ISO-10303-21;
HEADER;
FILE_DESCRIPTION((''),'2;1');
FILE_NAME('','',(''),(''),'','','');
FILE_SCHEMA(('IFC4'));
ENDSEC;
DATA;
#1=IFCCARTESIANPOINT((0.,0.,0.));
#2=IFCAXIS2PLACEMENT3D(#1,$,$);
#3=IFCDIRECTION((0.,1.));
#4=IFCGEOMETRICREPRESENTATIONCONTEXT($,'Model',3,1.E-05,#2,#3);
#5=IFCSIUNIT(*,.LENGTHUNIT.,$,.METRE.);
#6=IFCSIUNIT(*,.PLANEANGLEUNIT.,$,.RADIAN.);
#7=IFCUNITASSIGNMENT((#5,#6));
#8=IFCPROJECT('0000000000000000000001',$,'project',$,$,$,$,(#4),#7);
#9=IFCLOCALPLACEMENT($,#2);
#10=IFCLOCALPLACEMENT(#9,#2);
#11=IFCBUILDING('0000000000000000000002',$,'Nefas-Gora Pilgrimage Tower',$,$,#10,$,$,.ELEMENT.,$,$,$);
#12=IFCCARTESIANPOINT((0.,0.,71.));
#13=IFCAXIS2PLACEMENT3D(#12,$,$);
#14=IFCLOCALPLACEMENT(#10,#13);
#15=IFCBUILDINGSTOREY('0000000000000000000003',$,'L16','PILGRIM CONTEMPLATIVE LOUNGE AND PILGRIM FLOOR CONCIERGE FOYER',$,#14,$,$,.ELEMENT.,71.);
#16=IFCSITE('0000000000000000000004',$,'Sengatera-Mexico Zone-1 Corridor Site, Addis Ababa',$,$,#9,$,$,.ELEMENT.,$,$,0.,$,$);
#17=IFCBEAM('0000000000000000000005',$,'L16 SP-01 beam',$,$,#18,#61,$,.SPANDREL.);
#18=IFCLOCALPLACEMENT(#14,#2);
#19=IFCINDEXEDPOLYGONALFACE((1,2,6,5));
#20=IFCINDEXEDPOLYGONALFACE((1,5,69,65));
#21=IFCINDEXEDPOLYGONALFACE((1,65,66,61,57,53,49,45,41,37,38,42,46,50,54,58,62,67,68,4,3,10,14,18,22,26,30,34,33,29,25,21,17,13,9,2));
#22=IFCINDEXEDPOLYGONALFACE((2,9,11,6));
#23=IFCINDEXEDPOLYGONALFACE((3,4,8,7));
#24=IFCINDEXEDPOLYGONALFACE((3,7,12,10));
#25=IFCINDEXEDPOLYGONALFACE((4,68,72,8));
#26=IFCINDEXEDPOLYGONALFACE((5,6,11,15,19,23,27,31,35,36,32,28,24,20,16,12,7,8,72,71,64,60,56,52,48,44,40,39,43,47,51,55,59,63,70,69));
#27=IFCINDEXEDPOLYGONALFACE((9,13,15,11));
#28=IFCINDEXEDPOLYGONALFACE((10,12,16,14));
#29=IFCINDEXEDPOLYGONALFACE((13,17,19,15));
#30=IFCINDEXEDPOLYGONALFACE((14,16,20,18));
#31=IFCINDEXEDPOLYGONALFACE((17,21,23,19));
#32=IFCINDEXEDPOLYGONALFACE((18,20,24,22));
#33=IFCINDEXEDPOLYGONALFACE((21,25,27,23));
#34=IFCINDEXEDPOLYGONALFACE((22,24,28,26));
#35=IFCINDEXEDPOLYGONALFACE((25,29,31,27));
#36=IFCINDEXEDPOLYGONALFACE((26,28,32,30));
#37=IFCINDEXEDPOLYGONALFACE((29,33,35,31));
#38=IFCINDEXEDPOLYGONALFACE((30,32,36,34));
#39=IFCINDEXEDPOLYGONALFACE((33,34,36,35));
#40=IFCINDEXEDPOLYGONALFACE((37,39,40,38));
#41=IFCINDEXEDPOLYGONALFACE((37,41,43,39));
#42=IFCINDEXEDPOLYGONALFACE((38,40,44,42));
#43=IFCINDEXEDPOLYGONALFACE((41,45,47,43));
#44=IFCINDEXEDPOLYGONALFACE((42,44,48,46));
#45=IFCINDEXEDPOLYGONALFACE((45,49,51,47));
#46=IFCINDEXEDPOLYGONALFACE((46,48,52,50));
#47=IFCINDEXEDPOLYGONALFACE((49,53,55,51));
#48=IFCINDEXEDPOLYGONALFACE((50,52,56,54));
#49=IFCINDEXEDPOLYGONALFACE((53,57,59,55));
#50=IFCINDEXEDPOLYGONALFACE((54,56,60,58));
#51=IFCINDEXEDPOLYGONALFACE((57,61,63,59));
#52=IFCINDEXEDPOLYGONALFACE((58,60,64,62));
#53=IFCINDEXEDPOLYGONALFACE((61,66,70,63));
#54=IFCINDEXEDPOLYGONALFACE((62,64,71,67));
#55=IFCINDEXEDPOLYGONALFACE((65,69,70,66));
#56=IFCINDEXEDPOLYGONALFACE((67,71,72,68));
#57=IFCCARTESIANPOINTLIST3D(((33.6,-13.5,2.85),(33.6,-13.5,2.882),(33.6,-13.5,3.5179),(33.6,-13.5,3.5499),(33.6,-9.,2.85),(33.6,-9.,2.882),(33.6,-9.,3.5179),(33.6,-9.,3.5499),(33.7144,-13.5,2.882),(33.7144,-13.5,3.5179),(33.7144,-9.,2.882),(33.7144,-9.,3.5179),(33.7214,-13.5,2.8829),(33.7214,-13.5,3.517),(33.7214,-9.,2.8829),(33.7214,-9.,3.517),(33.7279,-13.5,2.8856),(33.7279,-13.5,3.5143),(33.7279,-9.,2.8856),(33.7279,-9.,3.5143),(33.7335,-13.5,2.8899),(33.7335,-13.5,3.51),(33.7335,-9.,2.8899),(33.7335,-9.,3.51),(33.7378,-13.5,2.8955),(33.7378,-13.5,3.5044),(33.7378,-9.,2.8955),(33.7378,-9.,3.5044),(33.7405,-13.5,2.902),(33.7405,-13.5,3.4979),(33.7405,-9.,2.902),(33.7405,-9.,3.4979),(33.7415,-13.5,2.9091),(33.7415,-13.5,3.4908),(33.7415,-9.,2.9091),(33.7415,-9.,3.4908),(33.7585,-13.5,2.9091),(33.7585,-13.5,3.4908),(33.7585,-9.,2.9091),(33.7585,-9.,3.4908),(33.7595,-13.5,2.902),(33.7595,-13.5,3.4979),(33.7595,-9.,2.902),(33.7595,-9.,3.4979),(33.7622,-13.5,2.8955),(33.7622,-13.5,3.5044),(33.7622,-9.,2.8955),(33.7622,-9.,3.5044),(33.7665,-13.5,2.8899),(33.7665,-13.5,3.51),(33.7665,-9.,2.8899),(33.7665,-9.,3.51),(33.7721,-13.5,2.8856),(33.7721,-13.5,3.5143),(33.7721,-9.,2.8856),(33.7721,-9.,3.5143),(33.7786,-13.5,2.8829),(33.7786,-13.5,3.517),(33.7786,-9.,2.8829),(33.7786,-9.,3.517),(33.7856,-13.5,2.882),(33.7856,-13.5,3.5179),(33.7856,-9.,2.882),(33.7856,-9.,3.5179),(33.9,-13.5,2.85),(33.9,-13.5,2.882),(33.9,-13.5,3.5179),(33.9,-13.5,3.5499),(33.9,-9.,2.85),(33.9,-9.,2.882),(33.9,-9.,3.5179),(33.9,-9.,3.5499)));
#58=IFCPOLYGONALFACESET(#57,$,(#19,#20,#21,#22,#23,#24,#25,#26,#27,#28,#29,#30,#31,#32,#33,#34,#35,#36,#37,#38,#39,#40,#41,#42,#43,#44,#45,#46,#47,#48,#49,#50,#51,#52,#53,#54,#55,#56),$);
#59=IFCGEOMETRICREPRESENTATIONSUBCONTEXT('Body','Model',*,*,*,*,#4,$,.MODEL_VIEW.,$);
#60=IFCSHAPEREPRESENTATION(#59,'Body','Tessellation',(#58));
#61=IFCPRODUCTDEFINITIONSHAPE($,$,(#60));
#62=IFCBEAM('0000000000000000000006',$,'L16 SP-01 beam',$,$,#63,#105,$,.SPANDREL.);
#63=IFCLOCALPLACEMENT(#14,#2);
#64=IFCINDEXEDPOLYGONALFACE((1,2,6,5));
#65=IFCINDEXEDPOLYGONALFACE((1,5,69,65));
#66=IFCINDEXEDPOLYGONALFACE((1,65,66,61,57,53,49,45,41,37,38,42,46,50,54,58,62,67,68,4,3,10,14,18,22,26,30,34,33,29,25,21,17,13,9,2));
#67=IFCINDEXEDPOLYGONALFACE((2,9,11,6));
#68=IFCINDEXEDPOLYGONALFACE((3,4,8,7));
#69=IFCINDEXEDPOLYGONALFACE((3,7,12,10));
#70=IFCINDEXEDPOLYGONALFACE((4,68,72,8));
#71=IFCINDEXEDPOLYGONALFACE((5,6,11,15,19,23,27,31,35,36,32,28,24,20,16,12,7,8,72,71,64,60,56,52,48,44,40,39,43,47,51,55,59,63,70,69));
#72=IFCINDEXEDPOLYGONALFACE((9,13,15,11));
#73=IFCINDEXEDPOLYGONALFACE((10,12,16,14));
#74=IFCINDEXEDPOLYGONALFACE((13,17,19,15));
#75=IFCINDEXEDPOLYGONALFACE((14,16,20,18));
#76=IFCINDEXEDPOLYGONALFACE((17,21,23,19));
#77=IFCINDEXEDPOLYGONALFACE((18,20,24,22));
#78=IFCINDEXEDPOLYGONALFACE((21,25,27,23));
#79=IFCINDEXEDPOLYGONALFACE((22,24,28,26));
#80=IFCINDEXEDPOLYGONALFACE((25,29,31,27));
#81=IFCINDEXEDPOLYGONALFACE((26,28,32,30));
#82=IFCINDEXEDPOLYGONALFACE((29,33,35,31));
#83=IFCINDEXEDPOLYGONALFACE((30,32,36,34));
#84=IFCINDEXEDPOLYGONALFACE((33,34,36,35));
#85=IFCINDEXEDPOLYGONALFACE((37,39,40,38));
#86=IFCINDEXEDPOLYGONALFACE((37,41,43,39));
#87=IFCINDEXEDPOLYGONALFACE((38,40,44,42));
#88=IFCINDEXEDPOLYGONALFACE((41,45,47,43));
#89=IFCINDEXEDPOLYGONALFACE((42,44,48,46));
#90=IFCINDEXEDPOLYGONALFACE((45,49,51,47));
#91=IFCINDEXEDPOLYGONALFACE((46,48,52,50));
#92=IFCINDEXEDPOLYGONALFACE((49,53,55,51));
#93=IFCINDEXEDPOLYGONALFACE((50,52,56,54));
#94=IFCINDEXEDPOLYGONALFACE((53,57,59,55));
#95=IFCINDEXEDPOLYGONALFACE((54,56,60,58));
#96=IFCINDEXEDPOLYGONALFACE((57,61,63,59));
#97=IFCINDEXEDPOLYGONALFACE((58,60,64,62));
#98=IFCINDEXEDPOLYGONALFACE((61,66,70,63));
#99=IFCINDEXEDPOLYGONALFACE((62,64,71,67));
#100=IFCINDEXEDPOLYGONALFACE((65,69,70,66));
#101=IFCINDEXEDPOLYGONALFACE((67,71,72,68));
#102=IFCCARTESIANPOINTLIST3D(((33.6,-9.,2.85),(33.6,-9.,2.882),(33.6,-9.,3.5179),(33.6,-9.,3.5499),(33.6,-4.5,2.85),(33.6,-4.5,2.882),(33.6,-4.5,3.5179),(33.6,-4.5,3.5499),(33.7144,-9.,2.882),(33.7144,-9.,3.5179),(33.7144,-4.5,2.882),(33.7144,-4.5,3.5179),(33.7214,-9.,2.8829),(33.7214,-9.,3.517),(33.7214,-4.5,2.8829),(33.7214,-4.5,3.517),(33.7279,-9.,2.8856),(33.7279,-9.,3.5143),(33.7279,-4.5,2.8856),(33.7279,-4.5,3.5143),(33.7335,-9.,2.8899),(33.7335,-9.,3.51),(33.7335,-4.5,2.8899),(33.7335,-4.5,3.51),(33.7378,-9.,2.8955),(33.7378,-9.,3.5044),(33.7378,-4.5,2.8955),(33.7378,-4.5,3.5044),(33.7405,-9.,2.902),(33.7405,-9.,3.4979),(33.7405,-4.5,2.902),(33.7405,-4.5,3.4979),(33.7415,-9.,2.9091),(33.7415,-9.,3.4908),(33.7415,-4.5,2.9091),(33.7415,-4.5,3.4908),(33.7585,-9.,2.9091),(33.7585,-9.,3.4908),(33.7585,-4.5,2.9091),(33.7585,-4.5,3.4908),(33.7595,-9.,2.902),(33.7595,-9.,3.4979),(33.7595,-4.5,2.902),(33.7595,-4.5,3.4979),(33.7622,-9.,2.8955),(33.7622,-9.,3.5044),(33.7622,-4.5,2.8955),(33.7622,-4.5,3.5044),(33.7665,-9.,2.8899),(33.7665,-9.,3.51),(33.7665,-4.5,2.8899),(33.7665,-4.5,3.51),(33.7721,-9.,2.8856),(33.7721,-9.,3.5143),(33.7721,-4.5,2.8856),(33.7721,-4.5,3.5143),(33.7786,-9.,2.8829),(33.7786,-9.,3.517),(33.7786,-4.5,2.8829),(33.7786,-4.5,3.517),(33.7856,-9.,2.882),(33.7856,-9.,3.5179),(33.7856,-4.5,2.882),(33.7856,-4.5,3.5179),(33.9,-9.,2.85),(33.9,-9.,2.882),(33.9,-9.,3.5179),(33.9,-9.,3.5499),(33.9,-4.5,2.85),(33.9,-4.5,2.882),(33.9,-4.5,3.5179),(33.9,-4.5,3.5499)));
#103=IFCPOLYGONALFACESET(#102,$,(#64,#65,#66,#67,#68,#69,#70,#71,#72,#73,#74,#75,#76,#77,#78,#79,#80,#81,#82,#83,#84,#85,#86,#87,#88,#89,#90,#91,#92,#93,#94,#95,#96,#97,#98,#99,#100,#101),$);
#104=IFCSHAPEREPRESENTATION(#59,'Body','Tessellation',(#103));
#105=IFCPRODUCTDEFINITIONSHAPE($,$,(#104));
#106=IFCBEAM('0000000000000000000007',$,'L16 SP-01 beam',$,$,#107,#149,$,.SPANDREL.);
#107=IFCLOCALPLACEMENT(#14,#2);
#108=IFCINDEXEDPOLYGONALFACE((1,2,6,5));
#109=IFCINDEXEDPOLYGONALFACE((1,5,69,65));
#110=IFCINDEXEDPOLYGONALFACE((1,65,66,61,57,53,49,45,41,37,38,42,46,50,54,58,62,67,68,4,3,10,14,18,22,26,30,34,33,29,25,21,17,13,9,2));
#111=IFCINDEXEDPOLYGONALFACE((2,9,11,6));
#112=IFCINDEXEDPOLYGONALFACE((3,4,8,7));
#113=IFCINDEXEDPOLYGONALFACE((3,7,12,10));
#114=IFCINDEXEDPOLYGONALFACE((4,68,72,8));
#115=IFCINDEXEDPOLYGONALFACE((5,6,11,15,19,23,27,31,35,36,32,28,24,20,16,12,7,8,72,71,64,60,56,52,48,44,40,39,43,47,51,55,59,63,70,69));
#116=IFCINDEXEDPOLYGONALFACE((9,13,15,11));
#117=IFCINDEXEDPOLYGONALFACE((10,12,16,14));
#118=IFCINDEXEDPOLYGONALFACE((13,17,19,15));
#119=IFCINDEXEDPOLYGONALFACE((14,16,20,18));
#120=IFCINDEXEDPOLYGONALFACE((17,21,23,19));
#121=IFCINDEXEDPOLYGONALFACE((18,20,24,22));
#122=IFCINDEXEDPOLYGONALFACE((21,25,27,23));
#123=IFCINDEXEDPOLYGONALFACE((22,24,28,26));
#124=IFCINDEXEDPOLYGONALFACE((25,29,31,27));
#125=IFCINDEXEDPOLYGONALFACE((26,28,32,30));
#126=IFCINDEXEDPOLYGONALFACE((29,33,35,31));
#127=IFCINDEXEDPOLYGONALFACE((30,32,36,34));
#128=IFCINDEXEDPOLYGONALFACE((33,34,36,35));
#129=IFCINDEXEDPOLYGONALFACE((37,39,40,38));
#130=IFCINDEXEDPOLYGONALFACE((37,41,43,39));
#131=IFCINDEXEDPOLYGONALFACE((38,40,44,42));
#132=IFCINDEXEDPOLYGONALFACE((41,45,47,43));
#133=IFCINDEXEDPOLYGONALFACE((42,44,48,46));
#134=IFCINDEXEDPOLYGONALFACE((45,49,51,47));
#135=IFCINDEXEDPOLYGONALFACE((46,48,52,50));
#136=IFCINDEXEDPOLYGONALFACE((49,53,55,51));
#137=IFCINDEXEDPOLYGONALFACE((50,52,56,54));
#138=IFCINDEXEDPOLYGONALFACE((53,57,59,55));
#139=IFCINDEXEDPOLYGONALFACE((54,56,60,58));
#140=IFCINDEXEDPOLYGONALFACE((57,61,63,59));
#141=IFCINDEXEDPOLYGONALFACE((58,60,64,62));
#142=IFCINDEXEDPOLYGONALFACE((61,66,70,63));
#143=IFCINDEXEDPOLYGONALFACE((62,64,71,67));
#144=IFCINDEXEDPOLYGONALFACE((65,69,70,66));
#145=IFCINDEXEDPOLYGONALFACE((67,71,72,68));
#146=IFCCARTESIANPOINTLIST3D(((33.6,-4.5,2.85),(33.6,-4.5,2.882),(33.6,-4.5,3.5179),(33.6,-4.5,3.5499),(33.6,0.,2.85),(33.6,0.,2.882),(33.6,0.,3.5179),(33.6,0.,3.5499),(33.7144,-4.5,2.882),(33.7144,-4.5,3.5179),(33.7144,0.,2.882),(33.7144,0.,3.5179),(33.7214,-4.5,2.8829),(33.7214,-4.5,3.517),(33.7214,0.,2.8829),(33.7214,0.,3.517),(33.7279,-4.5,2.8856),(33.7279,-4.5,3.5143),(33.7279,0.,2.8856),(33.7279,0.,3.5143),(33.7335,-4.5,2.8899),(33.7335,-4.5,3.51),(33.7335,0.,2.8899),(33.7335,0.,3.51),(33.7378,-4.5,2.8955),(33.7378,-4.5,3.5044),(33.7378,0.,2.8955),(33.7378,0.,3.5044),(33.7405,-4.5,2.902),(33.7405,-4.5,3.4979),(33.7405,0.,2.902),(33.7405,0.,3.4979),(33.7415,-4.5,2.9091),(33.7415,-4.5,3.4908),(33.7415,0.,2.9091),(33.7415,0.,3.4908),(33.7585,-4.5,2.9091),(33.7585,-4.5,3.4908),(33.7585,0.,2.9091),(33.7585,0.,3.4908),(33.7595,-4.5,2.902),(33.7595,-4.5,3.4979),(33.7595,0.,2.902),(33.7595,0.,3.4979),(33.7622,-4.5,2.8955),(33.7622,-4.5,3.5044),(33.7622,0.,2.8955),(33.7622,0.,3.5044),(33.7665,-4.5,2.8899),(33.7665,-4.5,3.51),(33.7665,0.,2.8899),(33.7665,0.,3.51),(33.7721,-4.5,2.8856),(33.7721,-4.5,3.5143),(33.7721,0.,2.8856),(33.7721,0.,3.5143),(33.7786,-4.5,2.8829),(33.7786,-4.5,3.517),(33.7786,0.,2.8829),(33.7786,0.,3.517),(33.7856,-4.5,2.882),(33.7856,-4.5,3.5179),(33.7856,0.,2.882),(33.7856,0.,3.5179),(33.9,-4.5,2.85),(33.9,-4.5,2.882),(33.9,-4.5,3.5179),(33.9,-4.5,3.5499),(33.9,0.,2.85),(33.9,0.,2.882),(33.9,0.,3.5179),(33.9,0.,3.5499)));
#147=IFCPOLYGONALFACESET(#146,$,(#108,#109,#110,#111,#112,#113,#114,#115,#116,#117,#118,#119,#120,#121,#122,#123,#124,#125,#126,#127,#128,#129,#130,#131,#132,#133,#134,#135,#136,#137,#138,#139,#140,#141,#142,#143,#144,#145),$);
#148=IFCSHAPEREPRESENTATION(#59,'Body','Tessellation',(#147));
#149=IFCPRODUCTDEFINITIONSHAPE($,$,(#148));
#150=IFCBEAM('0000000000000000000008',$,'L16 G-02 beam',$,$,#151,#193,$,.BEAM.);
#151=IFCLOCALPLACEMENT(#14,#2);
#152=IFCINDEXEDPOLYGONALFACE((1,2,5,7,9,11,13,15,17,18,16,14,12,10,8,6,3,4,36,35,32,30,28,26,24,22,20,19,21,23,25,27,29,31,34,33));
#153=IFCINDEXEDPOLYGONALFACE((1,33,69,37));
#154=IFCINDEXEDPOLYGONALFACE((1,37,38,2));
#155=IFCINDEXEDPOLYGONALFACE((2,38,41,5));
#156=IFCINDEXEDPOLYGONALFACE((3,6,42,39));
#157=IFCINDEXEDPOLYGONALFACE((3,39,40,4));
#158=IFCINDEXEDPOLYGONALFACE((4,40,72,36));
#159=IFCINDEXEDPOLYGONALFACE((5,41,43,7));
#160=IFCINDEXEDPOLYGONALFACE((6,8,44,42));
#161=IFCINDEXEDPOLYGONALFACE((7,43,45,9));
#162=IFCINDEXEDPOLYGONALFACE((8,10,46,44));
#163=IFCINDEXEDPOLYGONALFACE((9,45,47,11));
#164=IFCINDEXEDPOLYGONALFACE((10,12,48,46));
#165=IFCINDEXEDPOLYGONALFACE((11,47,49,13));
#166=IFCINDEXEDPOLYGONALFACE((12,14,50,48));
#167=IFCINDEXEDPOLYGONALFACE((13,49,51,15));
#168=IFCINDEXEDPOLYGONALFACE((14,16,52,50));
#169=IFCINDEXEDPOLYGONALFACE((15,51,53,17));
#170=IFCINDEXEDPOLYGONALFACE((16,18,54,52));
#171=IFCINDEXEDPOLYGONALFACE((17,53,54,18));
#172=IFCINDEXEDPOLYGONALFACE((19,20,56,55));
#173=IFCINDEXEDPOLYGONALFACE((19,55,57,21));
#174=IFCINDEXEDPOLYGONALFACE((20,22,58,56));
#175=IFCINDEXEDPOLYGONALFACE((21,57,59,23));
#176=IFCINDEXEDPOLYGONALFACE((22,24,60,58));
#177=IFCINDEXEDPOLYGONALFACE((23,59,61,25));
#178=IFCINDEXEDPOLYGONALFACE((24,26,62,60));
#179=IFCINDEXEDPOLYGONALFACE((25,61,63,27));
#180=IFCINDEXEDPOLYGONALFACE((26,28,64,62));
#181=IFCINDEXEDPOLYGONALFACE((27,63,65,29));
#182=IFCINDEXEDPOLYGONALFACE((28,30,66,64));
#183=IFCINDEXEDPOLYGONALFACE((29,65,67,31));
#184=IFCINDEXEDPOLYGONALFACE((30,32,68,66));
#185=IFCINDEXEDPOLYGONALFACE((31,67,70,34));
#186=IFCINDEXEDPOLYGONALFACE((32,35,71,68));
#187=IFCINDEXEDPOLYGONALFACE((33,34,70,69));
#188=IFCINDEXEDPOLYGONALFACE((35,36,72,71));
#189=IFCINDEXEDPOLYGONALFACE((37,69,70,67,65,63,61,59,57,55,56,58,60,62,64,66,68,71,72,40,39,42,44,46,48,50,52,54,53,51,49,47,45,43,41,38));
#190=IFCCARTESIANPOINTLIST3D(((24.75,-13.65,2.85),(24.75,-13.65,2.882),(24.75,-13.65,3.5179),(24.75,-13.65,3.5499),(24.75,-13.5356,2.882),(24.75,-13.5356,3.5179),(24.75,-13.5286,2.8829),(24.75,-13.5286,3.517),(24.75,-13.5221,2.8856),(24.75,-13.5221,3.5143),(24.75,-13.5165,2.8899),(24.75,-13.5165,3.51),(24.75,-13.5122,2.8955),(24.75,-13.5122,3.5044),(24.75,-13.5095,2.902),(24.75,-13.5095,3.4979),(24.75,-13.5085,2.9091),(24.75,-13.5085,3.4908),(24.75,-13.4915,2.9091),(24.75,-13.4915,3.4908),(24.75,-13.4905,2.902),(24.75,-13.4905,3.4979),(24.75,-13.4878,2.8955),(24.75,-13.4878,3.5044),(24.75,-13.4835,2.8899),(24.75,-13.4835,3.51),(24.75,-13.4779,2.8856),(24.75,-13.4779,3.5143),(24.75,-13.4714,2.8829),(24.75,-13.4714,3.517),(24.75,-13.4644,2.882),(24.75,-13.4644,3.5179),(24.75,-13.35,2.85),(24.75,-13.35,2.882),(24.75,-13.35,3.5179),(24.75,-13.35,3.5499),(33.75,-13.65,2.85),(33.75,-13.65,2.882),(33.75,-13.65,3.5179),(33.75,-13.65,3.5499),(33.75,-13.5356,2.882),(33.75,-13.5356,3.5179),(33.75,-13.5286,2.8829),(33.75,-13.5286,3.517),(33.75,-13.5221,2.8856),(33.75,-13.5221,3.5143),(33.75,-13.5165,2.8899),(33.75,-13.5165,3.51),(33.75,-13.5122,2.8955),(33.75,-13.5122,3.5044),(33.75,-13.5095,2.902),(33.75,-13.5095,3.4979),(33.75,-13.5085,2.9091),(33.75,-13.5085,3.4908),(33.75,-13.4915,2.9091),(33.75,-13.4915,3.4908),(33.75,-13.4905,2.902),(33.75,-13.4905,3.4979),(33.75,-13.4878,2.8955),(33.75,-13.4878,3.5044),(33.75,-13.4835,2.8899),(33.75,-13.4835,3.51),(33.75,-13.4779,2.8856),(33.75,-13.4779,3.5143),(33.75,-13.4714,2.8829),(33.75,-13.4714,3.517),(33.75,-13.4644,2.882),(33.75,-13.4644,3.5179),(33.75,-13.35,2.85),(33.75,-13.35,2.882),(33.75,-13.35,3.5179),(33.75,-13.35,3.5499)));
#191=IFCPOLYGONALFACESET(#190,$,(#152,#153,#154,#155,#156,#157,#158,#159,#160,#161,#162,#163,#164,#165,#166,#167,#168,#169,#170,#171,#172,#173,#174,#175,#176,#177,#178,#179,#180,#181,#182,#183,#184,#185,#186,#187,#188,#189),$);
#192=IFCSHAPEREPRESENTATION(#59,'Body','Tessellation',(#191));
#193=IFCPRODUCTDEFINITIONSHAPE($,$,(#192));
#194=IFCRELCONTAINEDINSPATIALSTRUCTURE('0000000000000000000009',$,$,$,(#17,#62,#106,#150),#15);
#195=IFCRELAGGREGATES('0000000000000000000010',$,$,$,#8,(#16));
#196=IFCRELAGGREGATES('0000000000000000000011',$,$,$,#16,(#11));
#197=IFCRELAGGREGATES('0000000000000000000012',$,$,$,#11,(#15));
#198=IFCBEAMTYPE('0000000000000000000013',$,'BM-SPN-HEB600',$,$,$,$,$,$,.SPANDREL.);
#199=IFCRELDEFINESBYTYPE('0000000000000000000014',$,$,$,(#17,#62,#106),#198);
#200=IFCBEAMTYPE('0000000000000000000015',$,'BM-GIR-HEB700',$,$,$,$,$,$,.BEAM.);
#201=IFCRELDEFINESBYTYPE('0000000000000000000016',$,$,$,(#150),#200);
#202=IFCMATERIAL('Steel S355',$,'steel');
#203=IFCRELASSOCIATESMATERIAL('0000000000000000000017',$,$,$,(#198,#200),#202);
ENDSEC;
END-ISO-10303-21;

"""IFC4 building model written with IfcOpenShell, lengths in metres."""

from ifc_helpers import new_model, si_unit, direction, frame, origin, origin_2d, place, context, subcontext, project, spatial, i_section, extrude, source, transform, mapped, material, material_profile, profile_set, type_object, element, save


model = new_model("IFC4")

# Units and contexts
model_context = context("Model", 3, precision=1e-05, world=origin(), true_north=direction((0.0, 1.0)))
body_context = subcontext(model_context, "Body", "Model", "MODEL_VIEW")
ifc_project = project(units=[si_unit("LENGTHUNIT", "METRE"), si_unit("PLANEANGLEUNIT", "RADIAN")], contexts=[model_context])

# Site, building, storey
site_placement = place(None, origin())
site = spatial("IfcSite", under=ifc_project, at=site_placement, Name="Sengatera-Mexico Zone-1 Corridor Site, Addis Ababa", CompositionType="ELEMENT", RefElevation=0.0)
building_placement = place(site_placement, origin())
building = spatial("IfcBuilding", under=site, at=building_placement, Name="Nefas-Gora Pilgrimage Tower", CompositionType="ELEMENT")
storey_placement = place(building_placement, frame((0.0, 0.0, 71.0)))
storey = spatial("IfcBuildingStorey", under=building, at=storey_placement, Name="L16", Description="PILGRIM CONTEMPLATIVE LOUNGE AND PILGRIM FLOOR CONCIERGE FOYER", CompositionType="ELEMENT", Elevation=71.0)

# Beams
ifc_material_1 = material(Name="Steel S355", Category="steel")
ifc_material_profile_1 = material_profile(ifc_material_1, i_section(OverallWidth=0.3, OverallDepth=0.7, WebThickness=0.0171, FlangeThickness=0.032, FilletRadius=0.0271, at=origin_2d()), Name="HEB 700")
ifc_profile_set_1 = profile_set([ifc_material_profile_1], Name="Steel S355")
beam_type_1 = type_object("IfcBeamType", Name="BM-SPN-HEB600", PredefinedType="SPANDREL", material=ifc_profile_set_1)
shared_shape_1 = source(origin(), body_context, "Body", "SweptSolid", [
    extrude(i_section(OverallWidth=0.3, OverallDepth=0.7, WebThickness=0.0171, FlangeThickness=0.032, FilletRadius=0.0271, at=origin_2d()), origin(), (0.0, 0.0, 1.0), 4.5),
])
for number, where, z_axis, x_axis, name in (
    (1, (33.75, -13.5, 3.2), (0.0, 1.0, 0.0), (-1.0, 0.0, 0.0), "L16 SP-01 beam"),
    (2, (33.75, -9.0, 3.2), (0.0, 1.0, 0.0), (-1.0, 0.0, 0.0), "L16 SP-01 beam"),
    (3, (33.75, -4.5, 3.2), (0.0, 1.0, 0.0), (-1.0, 0.0, 0.0), "L16 SP-01 beam"),
):
    element("IfcBeam", number, at=place(storey_placement, frame(where, z_axis=z_axis, x_axis=x_axis)), inside=storey, type_object=beam_type_1, Name=name, PredefinedType="SPANDREL", context=body_context, shape_type="MappedRepresentation", body=[
        mapped(shared_shape_1, transform((0.0, 0.0, 0.0), x_axis=(1.0, 0.0, 0.0), y_axis=(0.0, 1.0, 0.0), z_axis=(0.0, 0.0, 1.0), scale=1.0)),
    ])
ifc_material_profile_2 = material_profile(ifc_material_1, i_section(OverallWidth=0.3, OverallDepth=0.7, WebThickness=0.0171, FlangeThickness=0.032, FilletRadius=0.0271, at=origin_2d()), Name="HEB 700")
ifc_profile_set_2 = profile_set([ifc_material_profile_2], Name="Steel S355")
beam_type_2 = type_object("IfcBeamType", Name="BM-GIR-HEB700", PredefinedType="BEAM", material=ifc_profile_set_2)
shared_shape_2 = source(origin(), body_context, "Body", "SweptSolid", [
    extrude(i_section(OverallWidth=0.3, OverallDepth=0.7, WebThickness=0.0171, FlangeThickness=0.032, FilletRadius=0.0271, at=origin_2d()), origin(), (0.0, 0.0, 1.0), 9.0),
])
for number, where, z_axis, x_axis, name in (
    (4, (24.75, -13.5, 3.2), (1.0, 0.0, 0.0), (0.0, 1.0, 0.0), "L16 G-02 beam"),
):
    element("IfcBeam", number, at=place(storey_placement, frame(where, z_axis=z_axis, x_axis=x_axis)), inside=storey, type_object=beam_type_2, Name=name, PredefinedType="BEAM", context=body_context, shape_type="MappedRepresentation", body=[
        mapped(shared_shape_2, transform((0.0, 0.0, 0.0), x_axis=(1.0, 0.0, 0.0), y_axis=(0.0, 1.0, 0.0), z_axis=(0.0, 0.0, 1.0), scale=1.0)),
    ])

save(model, "model.ifc")
